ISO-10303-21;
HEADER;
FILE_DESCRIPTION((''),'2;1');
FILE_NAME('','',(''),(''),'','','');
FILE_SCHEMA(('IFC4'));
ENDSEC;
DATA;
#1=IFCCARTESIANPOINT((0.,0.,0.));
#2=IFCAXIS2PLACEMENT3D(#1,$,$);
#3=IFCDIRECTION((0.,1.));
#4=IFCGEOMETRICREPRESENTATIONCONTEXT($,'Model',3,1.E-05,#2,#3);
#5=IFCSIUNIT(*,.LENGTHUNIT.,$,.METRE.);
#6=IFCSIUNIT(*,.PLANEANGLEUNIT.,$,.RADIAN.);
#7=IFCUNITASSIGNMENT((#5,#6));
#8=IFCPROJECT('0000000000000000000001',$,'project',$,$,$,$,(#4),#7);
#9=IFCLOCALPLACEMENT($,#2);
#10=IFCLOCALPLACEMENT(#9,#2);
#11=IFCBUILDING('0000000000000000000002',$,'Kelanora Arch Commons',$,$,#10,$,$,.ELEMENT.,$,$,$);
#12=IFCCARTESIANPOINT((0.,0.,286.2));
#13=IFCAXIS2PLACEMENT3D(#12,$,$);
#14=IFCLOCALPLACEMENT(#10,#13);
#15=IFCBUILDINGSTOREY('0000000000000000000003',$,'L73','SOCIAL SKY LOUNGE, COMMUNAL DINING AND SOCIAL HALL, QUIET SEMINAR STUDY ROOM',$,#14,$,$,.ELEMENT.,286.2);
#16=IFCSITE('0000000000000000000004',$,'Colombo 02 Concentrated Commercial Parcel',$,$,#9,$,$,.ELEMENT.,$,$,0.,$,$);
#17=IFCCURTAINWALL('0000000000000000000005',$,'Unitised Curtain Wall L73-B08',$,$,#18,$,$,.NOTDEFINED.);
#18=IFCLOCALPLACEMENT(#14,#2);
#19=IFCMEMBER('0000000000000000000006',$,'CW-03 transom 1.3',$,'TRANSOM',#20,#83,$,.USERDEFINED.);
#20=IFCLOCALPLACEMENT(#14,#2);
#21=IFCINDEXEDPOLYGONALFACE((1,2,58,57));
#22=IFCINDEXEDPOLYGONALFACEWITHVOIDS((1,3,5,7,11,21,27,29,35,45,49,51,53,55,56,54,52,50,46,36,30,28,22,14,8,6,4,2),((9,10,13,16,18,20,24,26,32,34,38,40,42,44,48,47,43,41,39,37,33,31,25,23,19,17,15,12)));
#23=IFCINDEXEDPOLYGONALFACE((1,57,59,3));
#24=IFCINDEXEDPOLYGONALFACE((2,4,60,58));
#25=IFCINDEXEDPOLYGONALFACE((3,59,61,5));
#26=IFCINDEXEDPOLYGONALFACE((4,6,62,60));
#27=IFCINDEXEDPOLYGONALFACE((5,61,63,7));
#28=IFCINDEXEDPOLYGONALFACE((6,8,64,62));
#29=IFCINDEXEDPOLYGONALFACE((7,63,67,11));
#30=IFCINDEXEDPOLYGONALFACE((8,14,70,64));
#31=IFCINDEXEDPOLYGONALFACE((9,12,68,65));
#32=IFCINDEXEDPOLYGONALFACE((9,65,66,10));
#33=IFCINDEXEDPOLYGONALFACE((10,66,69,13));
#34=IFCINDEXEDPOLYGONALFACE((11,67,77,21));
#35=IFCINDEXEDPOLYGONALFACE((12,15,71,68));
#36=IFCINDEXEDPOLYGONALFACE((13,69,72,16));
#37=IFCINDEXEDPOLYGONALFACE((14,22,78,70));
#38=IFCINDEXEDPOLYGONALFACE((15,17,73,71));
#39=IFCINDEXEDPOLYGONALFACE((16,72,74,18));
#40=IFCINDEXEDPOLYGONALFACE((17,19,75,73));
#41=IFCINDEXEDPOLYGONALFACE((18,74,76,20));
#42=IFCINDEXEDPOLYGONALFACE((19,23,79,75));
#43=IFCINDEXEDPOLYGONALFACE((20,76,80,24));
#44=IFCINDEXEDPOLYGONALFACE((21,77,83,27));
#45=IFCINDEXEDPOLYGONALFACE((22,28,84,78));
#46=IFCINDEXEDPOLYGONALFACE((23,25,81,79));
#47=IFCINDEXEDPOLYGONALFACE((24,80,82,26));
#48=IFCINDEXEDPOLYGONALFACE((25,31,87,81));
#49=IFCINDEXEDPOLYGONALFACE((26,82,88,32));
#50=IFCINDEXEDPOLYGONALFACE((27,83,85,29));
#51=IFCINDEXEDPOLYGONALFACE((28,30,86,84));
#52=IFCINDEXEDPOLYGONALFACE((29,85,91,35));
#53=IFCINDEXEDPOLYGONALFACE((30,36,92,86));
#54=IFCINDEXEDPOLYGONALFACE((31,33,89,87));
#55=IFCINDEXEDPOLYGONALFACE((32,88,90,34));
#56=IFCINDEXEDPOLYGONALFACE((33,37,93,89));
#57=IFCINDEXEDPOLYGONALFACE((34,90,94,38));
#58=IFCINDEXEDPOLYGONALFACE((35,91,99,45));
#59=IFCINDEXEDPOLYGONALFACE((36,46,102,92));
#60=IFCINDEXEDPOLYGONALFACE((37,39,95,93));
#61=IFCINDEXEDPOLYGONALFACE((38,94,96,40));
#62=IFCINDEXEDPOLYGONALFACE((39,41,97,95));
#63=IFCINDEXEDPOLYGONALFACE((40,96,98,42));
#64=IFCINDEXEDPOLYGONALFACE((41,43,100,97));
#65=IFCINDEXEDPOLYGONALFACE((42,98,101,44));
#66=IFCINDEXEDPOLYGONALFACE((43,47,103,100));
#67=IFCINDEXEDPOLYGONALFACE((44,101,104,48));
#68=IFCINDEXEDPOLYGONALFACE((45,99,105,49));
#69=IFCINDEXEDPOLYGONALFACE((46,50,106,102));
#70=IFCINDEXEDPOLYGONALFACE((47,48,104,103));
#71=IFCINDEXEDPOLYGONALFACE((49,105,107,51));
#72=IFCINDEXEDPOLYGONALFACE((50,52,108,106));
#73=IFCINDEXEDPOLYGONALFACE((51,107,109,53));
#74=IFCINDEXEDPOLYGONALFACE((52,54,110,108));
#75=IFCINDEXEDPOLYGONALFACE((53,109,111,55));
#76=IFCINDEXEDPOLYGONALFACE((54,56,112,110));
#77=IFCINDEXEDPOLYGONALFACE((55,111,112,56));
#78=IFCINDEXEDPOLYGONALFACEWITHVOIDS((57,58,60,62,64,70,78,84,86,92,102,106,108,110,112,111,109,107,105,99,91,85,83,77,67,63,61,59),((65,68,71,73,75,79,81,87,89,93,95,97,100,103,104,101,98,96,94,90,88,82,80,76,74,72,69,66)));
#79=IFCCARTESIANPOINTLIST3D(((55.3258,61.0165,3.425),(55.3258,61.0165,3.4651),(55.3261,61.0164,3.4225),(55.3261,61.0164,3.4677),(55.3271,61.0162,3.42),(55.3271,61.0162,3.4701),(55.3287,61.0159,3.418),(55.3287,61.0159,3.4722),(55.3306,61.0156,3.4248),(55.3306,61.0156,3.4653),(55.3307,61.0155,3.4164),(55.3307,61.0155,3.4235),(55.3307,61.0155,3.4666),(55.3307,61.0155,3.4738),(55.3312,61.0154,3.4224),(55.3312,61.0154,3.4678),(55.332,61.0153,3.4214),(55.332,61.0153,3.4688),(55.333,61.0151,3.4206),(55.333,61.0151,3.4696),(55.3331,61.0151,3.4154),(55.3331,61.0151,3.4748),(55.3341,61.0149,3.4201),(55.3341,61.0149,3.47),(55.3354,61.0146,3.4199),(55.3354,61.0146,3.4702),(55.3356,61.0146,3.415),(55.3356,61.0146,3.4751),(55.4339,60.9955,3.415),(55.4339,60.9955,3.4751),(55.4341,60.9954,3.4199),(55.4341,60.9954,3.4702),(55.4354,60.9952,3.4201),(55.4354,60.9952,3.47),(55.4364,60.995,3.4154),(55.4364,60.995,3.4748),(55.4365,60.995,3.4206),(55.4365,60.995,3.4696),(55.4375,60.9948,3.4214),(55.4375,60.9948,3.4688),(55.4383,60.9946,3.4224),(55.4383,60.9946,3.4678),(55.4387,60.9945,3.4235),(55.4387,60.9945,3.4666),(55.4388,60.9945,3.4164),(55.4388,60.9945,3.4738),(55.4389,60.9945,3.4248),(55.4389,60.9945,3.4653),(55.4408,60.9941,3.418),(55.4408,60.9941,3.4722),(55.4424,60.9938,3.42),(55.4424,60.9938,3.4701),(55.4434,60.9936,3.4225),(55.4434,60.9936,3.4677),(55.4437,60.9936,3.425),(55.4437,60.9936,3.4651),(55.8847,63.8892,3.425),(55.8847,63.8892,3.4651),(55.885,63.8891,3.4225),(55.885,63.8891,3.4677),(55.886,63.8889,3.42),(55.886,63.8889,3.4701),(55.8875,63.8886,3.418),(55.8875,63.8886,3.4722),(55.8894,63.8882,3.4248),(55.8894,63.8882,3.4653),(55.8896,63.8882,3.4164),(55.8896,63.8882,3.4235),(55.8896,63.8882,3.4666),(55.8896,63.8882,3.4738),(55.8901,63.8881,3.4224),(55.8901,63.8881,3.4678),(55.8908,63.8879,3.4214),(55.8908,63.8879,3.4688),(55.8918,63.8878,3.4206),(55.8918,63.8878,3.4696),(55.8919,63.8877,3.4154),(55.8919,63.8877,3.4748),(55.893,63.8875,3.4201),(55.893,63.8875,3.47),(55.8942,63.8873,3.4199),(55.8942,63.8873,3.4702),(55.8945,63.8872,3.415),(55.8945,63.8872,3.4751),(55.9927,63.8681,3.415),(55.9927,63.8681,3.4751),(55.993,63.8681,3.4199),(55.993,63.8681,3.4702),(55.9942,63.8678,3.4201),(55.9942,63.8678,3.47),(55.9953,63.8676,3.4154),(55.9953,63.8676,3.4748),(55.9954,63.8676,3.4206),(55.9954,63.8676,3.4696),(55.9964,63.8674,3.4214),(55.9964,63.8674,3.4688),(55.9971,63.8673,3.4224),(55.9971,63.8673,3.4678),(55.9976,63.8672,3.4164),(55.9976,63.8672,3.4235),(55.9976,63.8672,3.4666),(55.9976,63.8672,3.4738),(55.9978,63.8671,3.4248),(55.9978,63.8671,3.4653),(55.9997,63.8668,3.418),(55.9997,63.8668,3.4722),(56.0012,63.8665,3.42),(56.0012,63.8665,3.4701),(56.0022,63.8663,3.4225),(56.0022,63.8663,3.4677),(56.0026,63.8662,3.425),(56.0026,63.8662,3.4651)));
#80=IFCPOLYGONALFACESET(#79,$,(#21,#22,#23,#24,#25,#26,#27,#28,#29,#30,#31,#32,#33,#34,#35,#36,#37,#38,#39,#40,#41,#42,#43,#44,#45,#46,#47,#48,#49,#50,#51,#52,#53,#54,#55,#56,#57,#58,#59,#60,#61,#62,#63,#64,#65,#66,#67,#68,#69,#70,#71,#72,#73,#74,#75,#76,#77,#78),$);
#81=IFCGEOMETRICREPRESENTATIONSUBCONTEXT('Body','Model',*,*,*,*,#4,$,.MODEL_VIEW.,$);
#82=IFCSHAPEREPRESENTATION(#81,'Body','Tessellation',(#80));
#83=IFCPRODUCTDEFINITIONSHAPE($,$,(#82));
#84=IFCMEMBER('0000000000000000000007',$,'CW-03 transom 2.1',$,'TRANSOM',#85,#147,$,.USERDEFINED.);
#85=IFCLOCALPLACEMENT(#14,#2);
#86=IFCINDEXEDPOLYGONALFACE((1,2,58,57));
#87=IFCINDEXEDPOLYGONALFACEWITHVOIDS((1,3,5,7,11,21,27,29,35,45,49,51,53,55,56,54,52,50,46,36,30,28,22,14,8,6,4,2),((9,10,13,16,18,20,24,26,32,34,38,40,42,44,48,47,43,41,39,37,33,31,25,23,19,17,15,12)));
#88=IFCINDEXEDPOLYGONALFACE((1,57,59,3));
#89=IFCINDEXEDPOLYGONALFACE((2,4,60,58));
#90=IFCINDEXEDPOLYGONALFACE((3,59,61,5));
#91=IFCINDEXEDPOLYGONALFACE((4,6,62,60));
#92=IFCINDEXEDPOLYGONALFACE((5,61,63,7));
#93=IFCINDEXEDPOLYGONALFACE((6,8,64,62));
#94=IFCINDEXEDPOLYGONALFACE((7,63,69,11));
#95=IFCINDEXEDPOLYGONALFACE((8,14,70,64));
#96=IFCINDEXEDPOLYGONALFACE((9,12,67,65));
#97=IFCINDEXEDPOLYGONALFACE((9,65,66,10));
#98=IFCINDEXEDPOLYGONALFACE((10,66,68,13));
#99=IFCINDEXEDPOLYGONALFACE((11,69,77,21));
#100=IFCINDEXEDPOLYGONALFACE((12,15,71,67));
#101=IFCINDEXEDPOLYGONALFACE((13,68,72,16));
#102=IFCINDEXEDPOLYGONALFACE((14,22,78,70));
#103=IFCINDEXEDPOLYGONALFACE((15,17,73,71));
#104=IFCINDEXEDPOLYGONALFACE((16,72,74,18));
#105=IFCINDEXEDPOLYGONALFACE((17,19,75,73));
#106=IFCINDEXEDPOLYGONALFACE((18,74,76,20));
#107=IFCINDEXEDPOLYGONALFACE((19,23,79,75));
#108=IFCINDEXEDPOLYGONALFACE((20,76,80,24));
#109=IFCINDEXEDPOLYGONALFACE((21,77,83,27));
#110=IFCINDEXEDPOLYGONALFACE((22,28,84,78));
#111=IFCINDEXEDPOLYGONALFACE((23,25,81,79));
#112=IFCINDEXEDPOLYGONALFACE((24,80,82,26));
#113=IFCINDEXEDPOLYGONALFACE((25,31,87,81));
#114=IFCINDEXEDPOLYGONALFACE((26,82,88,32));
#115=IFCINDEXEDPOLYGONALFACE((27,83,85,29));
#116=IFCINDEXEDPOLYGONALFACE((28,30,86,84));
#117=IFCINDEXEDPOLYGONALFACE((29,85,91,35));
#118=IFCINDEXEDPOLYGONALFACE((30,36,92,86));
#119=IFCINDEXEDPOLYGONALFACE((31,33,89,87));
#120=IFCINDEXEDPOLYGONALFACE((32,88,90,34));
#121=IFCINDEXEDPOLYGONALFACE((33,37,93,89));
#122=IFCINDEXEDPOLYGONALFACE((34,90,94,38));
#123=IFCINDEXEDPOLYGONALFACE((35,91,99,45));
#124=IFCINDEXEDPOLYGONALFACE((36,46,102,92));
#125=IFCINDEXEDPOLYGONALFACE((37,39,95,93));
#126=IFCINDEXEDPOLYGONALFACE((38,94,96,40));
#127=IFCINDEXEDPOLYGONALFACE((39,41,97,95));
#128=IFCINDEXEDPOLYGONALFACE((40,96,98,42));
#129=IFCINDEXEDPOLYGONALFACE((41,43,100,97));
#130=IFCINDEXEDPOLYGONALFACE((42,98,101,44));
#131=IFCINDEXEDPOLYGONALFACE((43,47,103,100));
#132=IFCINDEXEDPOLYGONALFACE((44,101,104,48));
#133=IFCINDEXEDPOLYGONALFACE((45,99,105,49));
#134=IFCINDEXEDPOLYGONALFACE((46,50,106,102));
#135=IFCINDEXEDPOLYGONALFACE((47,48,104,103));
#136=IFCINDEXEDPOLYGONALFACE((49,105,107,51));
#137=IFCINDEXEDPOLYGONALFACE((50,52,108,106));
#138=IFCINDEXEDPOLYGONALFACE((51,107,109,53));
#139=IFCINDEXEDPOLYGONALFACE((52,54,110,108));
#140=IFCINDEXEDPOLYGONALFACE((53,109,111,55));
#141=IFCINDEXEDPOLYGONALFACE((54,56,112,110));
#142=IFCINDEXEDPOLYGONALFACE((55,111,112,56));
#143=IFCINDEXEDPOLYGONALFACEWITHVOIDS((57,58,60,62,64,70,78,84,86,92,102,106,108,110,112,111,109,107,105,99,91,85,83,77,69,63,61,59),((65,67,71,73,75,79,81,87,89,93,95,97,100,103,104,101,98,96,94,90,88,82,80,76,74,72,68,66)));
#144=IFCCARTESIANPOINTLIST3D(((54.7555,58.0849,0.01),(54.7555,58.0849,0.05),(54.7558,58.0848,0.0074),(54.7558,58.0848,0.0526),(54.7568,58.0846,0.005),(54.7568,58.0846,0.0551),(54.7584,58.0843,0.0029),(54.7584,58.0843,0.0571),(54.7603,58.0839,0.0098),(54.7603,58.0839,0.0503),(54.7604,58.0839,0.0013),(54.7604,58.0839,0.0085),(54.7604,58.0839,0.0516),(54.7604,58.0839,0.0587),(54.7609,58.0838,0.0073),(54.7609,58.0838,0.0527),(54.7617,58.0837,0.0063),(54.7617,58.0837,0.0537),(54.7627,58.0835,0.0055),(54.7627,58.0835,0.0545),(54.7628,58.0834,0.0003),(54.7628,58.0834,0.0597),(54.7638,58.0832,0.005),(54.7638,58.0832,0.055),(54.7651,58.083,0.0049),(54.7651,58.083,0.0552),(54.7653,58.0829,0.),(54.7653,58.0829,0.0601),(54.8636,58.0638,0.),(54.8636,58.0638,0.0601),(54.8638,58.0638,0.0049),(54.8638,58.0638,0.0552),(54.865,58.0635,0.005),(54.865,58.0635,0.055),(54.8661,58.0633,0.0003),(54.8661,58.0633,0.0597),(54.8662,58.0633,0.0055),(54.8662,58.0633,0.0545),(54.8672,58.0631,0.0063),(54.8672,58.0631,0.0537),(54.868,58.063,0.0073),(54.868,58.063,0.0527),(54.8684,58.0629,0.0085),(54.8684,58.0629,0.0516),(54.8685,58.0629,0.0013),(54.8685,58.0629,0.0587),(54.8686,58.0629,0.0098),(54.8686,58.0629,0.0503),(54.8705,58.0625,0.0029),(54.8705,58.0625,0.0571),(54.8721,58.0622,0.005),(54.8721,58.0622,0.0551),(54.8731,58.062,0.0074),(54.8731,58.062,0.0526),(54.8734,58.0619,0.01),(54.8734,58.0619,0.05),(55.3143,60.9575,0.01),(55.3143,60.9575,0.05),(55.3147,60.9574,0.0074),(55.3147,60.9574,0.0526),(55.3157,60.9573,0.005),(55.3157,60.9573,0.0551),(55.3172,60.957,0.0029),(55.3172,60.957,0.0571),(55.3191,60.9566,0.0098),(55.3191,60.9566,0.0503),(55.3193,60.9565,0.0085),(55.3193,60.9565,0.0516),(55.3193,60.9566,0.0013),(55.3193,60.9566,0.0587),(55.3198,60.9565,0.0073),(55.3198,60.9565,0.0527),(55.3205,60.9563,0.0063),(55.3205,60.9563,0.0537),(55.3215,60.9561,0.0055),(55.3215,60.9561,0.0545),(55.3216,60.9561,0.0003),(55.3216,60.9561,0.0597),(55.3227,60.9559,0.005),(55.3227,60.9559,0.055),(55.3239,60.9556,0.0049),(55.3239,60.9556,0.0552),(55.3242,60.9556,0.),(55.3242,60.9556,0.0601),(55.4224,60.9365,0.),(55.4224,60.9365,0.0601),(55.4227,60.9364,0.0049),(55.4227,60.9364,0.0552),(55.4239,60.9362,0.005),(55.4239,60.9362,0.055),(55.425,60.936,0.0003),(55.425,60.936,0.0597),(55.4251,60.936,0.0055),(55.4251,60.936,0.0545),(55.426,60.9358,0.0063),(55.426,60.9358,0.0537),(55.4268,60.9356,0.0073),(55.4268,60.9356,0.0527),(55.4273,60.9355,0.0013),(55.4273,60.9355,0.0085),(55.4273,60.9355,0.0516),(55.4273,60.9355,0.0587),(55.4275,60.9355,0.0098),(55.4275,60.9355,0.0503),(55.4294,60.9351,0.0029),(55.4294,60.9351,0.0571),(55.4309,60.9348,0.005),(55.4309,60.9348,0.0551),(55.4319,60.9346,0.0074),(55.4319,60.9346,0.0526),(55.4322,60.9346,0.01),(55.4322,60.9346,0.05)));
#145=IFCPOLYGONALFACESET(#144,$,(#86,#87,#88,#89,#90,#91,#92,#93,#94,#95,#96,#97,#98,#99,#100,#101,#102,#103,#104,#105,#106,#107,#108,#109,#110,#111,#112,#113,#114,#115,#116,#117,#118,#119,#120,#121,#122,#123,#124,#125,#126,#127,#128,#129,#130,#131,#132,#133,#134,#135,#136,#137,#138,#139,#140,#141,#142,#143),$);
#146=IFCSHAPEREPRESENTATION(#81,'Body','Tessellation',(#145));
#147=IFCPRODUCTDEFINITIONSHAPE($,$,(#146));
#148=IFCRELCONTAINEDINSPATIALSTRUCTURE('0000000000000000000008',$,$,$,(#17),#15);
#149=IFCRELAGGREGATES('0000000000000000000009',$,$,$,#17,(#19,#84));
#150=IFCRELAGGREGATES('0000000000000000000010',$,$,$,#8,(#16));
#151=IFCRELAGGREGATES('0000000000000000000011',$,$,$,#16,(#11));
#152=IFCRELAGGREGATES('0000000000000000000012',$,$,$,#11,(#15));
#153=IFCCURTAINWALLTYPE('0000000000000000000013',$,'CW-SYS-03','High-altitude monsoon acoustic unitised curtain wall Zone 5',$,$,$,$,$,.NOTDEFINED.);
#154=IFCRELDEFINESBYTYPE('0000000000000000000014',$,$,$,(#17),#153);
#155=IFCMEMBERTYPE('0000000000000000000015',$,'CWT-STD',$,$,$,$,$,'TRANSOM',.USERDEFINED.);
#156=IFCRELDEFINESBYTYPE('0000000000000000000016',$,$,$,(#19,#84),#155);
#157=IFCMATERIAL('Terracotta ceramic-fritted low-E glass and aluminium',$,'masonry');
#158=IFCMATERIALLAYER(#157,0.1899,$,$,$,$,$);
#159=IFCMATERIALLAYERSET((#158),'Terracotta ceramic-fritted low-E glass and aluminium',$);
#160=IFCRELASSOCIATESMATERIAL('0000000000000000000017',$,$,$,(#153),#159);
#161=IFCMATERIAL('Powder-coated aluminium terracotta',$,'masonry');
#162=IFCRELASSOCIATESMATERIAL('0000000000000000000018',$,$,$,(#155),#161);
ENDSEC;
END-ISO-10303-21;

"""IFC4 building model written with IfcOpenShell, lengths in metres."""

from ifc_helpers import new_model, si_unit, direction, frame, origin, origin_2d, place, context, subcontext, project, spatial, hollow_rectangle, extrude, material, layer, layer_set, material_profile, profile_set, type_object, element, aggregate, save


model = new_model("IFC4")

# Units and contexts
model_context = context("Model", 3, precision=1e-05, world=origin(), true_north=direction((0.0, 1.0)))
body_context = subcontext(model_context, "Body", "Model", "MODEL_VIEW")
ifc_project = project(units=[si_unit("LENGTHUNIT", "METRE"), si_unit("PLANEANGLEUNIT", "RADIAN")], contexts=[model_context])

# Site, building, storey
site_placement = place(None, origin())
site = spatial("IfcSite", under=ifc_project, at=site_placement, Name="Colombo 02 Concentrated Commercial Parcel", CompositionType="ELEMENT", RefElevation=0.0)
building_placement = place(site_placement, origin())
building = spatial("IfcBuilding", under=site, at=building_placement, Name="Kelanora Arch Commons", CompositionType="ELEMENT")
storey_placement = place(building_placement, frame((0.0, 0.0, 286.2)))
storey = spatial("IfcBuildingStorey", under=building, at=storey_placement, Name="L73", Description="SOCIAL SKY LOUNGE, COMMUNAL DINING AND SOCIAL HALL, QUIET SEMINAR STUDY ROOM", CompositionType="ELEMENT", Elevation=286.2)

# Curtain wall, members
ifc_material_1 = material(Name="Terracotta ceramic-fritted low-E glass and aluminium", Category="masonry")
ifc_layer_1 = layer(ifc_material_1, 0.1899)
ifc_layer_set_1 = layer_set([ifc_layer_1], Name="Terracotta ceramic-fritted low-E glass and aluminium")
curtain_wall_type = type_object("IfcCurtainWallType", Name="CW-SYS-03", Description="High-altitude monsoon acoustic unitised curtain wall Zone 5", PredefinedType="NOTDEFINED", material=ifc_layer_set_1)
curtain_wall_placement = place(storey_placement, origin())
curtain_wall = element("IfcCurtainWall", 1, at=curtain_wall_placement, inside=storey, type_object=curtain_wall_type, Name="Unitised Curtain Wall L73-B08", PredefinedType="NOTDEFINED")
ifc_material_2 = material(Name="Powder-coated aluminium terracotta", Category="masonry")
ifc_material_profile_1 = material_profile(ifc_material_2, hollow_rectangle(XDim=0.1201, YDim=0.0601, WallThickness=0.0049, InnerFilletRadius=0.0049, OuterFilletRadius=0.01, at=origin_2d()), Name="CWT120x60")
ifc_profile_set_1 = profile_set([ifc_material_profile_1], Name="Powder-coated aluminium terracotta")
member_type_1 = type_object("IfcMemberType", Name="CWT-STD", ElementType="TRANSOM", PredefinedType="USERDEFINED", material=ifc_profile_set_1)
member_1_placement = place(storey_placement, frame((55.9436, 63.8777, 3.4451), z_axis=(-0.190963, -0.981597, 0.0), x_axis=(0.981597, -0.190963, 0.0)))
member_1 = element("IfcMember", 2, at=member_1_placement, type_object=member_type_1, Name="CW-03 transom 1.3", ObjectType="TRANSOM", PredefinedType="USERDEFINED", context=body_context, shape_type="SweptSolid", body=[
    extrude(hollow_rectangle(XDim=0.1201, YDim=0.0601, WallThickness=0.0049, InnerFilletRadius=0.0049, OuterFilletRadius=0.01, at=origin_2d()), origin(), (0.0, 0.0, 1.0), 2.9265),
])
member_2_placement = place(storey_placement, frame((55.3733, 60.946, 0.03), z_axis=(-0.190963, -0.981597, 0.0), x_axis=(0.981597, -0.190963, 0.0)))
member_2 = element("IfcMember", 3, at=member_2_placement, type_object=member_type_1, Name="CW-03 transom 2.1", ObjectType="TRANSOM", PredefinedType="USERDEFINED", context=body_context, shape_type="SweptSolid", body=[
    extrude(hollow_rectangle(XDim=0.1201, YDim=0.0601, WallThickness=0.0049, InnerFilletRadius=0.0049, OuterFilletRadius=0.01, at=origin_2d()), origin(), (0.0, 0.0, 1.0), 2.9265),
])
aggregate(curtain_wall, [member_1, member_2])

save(model, "model.ifc")
